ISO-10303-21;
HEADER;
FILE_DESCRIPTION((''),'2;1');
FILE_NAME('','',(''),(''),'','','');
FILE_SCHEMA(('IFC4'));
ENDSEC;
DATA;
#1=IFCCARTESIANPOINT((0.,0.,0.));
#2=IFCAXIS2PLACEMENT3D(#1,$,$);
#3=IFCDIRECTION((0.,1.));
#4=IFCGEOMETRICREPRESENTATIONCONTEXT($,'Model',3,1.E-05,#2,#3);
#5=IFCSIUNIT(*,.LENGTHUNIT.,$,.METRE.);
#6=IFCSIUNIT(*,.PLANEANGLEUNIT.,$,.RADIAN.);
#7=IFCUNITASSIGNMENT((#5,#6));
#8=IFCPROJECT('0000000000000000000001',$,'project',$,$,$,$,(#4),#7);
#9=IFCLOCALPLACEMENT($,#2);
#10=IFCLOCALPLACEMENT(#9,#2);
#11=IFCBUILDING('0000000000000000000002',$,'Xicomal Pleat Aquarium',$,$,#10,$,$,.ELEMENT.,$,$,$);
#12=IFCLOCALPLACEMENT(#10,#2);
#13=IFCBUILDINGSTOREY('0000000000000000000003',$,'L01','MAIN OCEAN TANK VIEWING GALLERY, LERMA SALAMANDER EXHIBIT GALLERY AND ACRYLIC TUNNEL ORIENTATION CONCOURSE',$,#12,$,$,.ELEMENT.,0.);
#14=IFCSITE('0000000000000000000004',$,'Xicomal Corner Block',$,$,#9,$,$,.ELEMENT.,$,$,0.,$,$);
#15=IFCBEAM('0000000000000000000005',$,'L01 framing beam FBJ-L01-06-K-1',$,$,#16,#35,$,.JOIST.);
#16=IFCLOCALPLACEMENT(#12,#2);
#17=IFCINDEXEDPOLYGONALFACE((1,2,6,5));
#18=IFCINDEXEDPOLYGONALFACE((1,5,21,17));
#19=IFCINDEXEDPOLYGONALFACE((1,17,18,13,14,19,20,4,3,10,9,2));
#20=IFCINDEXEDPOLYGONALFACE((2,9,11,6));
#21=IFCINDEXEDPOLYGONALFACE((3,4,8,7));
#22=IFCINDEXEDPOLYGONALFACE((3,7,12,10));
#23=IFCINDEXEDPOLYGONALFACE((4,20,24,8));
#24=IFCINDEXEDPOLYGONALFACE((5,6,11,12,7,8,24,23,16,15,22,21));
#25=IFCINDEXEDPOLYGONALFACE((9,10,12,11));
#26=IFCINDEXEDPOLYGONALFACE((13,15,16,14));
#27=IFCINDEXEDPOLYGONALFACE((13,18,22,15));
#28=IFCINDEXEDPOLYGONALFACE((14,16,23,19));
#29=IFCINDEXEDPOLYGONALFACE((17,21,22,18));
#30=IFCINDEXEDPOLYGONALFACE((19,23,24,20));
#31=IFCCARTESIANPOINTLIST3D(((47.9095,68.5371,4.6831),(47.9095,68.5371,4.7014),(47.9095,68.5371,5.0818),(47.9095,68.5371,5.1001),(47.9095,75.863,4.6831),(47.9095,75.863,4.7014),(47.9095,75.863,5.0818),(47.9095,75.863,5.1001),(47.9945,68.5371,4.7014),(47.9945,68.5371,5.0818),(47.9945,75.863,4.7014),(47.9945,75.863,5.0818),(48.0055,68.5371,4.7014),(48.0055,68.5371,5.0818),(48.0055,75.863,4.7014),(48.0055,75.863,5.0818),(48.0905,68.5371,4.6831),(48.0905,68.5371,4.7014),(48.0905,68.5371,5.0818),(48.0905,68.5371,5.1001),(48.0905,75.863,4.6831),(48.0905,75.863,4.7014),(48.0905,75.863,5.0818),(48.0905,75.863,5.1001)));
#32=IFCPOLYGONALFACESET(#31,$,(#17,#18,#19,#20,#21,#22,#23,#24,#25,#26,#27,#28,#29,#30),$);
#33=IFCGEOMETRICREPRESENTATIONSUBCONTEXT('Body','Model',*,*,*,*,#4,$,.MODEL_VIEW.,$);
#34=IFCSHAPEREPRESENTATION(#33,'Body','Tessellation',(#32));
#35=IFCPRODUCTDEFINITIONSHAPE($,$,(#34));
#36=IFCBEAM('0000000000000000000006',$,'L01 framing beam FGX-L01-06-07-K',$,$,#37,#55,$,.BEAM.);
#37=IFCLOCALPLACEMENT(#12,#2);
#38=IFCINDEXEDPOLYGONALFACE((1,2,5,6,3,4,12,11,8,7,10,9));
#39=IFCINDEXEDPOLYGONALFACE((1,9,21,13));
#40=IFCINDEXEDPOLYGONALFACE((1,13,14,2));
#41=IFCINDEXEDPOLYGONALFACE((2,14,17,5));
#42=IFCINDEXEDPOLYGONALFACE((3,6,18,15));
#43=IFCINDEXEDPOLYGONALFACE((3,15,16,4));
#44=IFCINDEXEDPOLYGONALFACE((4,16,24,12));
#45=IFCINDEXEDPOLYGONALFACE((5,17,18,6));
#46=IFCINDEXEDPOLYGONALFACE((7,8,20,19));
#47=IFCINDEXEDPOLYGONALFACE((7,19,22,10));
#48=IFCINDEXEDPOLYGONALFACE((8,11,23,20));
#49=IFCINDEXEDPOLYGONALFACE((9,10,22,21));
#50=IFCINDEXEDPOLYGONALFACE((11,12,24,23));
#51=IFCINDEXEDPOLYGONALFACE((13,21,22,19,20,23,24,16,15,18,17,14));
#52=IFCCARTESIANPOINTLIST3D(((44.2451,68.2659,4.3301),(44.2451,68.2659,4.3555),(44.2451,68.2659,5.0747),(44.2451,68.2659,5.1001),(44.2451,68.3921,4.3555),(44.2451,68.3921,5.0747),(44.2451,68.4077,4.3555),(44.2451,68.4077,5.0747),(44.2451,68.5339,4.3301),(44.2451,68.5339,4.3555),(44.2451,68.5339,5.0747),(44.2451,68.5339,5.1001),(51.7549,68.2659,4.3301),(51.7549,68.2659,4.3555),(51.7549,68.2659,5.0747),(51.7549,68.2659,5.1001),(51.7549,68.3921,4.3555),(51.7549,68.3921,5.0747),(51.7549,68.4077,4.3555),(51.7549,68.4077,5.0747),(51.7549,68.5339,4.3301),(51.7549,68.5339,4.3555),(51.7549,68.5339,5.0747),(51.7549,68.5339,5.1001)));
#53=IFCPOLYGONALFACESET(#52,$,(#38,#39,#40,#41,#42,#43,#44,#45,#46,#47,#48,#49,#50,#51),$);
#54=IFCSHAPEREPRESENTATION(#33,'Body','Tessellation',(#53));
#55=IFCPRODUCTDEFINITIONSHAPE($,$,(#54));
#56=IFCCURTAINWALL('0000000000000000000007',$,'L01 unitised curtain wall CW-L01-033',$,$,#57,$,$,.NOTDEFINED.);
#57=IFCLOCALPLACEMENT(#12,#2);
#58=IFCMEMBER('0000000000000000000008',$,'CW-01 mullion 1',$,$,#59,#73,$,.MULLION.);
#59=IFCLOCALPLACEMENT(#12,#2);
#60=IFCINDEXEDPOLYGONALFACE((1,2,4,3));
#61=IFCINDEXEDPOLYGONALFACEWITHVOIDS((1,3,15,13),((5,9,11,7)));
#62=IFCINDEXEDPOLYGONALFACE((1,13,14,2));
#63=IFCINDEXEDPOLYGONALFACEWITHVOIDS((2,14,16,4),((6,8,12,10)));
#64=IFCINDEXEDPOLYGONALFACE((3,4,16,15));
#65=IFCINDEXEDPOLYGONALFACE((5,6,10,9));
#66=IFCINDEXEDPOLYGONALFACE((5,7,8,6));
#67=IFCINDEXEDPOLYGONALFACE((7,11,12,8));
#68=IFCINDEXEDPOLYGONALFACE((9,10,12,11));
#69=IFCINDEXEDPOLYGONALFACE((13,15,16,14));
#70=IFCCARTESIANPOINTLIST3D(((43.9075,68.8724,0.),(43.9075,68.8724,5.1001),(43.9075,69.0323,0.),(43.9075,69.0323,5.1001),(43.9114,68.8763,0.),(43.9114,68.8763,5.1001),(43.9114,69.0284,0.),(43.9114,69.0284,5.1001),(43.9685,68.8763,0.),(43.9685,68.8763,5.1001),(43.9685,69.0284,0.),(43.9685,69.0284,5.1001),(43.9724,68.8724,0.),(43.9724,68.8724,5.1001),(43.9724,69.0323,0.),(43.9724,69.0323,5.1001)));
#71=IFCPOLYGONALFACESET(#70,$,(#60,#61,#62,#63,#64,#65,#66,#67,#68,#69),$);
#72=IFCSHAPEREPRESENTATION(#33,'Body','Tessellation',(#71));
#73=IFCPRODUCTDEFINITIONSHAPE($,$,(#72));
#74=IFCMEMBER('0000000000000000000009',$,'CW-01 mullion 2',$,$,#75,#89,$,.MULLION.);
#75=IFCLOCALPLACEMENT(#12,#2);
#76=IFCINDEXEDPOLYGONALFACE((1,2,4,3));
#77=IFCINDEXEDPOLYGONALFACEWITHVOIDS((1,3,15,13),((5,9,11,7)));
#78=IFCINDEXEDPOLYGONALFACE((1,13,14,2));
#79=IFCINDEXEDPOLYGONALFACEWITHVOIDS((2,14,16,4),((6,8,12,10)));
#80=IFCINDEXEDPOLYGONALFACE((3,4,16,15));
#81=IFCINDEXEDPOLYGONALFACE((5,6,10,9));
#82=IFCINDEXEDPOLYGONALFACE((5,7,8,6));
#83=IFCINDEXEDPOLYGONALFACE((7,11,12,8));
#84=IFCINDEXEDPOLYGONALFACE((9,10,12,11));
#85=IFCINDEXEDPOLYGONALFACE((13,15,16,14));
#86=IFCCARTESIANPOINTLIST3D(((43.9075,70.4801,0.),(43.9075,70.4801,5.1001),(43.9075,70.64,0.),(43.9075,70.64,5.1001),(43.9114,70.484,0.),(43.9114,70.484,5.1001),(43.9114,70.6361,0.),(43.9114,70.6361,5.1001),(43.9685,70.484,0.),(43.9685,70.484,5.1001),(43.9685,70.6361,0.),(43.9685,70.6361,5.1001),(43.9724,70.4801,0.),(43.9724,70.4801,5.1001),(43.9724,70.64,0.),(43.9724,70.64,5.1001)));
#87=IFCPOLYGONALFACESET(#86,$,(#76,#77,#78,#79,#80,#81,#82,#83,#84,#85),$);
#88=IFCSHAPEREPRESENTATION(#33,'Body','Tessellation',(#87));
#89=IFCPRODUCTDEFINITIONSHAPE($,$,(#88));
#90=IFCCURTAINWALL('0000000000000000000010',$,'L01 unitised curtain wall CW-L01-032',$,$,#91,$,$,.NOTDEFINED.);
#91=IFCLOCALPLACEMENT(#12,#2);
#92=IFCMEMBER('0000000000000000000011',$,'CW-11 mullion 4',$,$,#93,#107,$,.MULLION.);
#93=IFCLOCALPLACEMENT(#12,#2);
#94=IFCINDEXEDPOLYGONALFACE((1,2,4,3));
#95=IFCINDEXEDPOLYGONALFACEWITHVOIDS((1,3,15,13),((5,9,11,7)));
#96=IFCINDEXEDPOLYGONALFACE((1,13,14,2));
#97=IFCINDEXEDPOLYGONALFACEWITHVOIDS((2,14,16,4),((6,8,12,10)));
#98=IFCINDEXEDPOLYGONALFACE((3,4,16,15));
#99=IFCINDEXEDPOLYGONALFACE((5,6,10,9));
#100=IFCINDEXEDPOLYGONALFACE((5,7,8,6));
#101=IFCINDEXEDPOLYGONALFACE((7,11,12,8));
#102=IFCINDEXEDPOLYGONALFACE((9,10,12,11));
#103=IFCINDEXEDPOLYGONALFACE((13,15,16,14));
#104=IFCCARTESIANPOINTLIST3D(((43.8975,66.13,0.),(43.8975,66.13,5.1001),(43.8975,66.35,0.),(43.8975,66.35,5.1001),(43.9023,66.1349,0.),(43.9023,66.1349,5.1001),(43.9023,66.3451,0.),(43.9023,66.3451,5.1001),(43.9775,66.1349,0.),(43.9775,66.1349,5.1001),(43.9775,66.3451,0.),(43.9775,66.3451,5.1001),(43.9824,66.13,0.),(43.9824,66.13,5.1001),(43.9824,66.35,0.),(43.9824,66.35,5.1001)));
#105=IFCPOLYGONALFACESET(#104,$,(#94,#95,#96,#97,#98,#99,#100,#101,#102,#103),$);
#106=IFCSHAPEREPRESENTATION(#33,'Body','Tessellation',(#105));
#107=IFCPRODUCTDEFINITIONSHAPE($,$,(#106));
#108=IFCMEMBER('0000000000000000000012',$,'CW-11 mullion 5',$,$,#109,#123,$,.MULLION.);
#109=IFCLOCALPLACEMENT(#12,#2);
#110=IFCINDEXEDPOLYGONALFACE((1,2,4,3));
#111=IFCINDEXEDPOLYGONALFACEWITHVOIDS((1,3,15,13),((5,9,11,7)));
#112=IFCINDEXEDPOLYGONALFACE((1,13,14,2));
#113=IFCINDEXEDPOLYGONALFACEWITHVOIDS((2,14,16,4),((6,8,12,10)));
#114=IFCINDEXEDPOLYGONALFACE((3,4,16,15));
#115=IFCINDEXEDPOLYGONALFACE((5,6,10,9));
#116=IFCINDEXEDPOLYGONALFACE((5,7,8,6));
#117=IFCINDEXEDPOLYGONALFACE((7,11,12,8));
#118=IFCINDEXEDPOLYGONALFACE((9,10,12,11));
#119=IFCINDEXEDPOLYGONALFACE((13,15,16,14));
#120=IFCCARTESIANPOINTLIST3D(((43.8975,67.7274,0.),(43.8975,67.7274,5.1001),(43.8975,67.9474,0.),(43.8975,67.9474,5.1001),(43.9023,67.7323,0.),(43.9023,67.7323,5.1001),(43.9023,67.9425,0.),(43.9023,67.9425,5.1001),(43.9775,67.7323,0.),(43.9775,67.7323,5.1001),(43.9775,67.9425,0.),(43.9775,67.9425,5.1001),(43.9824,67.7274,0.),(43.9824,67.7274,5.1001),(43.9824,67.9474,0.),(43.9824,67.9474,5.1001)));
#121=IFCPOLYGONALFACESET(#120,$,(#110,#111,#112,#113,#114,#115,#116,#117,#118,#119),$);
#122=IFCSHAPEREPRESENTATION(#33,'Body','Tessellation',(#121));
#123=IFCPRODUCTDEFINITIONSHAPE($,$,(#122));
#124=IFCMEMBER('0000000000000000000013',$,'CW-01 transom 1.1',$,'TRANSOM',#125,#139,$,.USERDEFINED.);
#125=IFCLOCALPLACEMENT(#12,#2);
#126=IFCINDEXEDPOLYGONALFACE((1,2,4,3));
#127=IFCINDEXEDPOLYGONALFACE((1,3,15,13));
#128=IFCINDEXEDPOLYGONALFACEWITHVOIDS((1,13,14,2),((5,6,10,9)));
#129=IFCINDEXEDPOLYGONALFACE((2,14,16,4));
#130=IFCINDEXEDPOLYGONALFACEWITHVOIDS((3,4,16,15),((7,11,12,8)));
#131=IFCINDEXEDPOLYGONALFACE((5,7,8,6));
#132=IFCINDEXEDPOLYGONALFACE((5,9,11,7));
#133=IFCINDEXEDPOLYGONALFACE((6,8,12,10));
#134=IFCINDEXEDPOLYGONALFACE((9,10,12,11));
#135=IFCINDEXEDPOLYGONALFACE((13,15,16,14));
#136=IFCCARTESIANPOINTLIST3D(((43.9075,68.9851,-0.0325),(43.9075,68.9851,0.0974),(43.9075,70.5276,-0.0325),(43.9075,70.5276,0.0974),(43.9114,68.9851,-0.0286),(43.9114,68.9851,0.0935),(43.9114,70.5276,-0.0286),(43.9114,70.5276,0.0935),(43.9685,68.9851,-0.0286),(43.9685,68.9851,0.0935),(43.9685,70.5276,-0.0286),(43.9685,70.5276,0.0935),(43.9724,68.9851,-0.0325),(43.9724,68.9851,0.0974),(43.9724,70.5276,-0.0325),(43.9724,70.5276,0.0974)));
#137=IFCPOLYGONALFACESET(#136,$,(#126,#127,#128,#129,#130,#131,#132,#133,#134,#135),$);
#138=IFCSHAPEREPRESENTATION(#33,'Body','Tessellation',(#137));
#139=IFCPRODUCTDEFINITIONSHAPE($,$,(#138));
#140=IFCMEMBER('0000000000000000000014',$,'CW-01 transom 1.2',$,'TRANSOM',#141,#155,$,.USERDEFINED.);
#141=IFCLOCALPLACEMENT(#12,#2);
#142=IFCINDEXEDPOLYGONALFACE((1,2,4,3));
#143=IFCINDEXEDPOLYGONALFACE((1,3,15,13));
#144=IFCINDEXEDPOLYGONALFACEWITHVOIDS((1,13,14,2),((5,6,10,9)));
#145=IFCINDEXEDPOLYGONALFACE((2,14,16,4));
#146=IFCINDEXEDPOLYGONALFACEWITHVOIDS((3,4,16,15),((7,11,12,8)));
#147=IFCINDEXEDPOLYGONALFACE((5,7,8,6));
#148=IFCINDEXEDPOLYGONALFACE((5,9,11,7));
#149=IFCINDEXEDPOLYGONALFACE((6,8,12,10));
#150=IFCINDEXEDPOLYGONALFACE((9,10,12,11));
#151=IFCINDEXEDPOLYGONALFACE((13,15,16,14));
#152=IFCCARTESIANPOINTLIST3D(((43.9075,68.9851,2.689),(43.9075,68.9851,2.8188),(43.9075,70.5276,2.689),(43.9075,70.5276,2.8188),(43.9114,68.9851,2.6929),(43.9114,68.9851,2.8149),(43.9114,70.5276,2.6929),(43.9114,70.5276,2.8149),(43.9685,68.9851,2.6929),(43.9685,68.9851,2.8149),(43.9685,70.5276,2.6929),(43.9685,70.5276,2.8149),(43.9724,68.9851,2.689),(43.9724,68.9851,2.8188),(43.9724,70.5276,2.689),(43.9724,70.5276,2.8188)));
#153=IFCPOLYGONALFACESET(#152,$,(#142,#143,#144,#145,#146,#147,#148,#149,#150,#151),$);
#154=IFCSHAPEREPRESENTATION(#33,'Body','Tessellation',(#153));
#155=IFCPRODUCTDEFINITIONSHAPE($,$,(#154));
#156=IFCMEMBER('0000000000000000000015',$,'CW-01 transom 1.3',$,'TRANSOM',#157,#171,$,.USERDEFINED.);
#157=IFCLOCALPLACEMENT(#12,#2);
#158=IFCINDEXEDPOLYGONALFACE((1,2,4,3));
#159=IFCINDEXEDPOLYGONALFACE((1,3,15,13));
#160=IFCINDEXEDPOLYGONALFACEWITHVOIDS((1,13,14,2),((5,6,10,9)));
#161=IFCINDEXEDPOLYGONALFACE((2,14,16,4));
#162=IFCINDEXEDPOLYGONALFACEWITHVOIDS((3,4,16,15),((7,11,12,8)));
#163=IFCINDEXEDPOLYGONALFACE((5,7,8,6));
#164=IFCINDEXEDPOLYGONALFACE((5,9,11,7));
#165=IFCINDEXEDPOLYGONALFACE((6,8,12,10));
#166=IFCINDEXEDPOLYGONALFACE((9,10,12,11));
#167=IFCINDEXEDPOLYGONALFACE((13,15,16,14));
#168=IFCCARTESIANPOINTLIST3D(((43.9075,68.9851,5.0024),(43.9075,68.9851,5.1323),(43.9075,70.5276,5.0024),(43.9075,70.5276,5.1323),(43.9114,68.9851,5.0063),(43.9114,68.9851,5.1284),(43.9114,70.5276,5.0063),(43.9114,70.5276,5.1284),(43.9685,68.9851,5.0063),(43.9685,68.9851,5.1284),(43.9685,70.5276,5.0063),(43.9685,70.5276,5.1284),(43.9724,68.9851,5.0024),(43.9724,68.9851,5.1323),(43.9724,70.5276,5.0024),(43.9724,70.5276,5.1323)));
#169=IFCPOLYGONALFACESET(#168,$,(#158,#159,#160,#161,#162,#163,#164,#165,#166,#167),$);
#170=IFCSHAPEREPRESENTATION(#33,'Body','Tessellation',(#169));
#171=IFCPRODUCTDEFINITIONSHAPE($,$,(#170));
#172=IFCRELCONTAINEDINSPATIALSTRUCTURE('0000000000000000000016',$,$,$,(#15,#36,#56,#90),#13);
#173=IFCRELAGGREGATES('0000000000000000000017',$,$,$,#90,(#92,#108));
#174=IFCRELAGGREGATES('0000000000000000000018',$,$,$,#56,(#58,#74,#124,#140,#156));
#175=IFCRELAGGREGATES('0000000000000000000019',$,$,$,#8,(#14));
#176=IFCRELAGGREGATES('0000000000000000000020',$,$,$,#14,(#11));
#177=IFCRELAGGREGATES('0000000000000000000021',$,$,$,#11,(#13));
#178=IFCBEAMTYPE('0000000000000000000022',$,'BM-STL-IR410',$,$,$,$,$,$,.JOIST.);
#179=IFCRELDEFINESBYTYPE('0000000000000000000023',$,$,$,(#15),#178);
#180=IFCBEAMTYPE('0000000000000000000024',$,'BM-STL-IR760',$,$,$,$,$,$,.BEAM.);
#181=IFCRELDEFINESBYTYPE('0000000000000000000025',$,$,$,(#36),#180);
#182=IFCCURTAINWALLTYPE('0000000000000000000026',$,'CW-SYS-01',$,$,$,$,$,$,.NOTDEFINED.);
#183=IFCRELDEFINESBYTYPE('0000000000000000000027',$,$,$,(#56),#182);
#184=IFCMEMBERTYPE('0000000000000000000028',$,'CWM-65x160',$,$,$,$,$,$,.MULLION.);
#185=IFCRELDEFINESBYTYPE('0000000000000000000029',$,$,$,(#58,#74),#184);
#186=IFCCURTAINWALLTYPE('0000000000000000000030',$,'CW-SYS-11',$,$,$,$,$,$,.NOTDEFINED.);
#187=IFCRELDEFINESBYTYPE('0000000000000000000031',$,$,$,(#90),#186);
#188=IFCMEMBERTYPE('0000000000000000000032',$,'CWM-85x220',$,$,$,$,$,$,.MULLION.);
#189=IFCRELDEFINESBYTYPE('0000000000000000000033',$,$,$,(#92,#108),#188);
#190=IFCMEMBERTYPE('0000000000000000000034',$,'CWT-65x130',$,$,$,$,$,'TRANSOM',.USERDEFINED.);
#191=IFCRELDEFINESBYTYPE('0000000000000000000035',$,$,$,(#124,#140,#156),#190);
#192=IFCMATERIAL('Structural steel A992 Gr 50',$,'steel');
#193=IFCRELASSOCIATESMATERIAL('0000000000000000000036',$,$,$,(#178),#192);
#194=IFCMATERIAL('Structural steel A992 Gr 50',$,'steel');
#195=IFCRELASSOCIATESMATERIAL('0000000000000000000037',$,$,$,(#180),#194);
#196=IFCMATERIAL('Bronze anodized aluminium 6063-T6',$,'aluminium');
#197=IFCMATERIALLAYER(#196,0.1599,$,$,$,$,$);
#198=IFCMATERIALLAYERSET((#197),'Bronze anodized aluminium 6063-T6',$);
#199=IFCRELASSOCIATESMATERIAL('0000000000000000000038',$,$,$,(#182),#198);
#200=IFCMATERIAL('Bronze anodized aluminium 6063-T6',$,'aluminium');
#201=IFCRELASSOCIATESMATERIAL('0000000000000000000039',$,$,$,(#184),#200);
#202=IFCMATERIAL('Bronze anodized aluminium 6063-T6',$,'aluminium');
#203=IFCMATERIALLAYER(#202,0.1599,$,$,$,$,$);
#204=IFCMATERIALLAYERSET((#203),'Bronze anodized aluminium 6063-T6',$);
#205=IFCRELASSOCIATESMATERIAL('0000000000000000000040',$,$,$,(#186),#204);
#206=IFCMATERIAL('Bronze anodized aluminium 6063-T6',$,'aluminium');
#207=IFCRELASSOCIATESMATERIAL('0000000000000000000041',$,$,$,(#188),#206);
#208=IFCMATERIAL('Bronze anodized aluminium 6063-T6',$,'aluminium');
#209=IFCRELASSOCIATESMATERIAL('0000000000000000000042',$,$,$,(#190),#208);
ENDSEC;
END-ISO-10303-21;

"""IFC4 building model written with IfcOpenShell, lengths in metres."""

from ifc_helpers import new_model, si_unit, direction, frame, origin, origin_2d, place, context, subcontext, project, spatial, hollow_rectangle, i_section, extrude, material, layer, layer_set, material_profile, profile_set, type_object, element, aggregate, save


model = new_model("IFC4")

# Units and contexts
model_context = context("Model", 3, precision=1e-05, world=origin(), true_north=direction((0.0, 1.0)))
body_context = subcontext(model_context, "Body", "Model", "MODEL_VIEW")
ifc_project = project(units=[si_unit("LENGTHUNIT", "METRE"), si_unit("PLANEANGLEUNIT", "RADIAN")], contexts=[model_context])

# Site, building, storey
site_placement = place(None, origin())
site = spatial("IfcSite", under=ifc_project, at=site_placement, Name="Xicomal Corner Block", CompositionType="ELEMENT", RefElevation=0.0)
building_placement = place(site_placement, origin())
building = spatial("IfcBuilding", under=site, at=building_placement, Name="Xicomal Pleat Aquarium", CompositionType="ELEMENT")
storey_placement = place(building_placement, origin())
storey = spatial("IfcBuildingStorey", under=building, at=storey_placement, Name="L01", Description="MAIN OCEAN TANK VIEWING GALLERY, LERMA SALAMANDER EXHIBIT GALLERY AND ACRYLIC TUNNEL ORIENTATION CONCOURSE", CompositionType="ELEMENT", Elevation=0.0)

# Beams
ifc_material_1 = material(Name="Structural steel A992 Gr 50", Category="steel")
ifc_material_profile_1 = material_profile(ifc_material_1, i_section(OverallWidth=0.1809, OverallDepth=0.417, WebThickness=0.011, FlangeThickness=0.0183, at=origin_2d()), Name="IR 410x85")
ifc_profile_set_1 = profile_set([ifc_material_profile_1], Name="Structural steel A992 Gr 50")
beam_type_1 = type_object("IfcBeamType", Name="BM-STL-IR410", PredefinedType="JOIST", material=ifc_profile_set_1)
beam_1_placement = place(storey_placement, frame((48.0, 68.5371, 4.8916), z_axis=(0.0, 1.0, 0.0), x_axis=(-1.0, 0.0, 0.0)))
element("IfcBeam", 1, at=beam_1_placement, inside=storey, type_object=beam_type_1, Name="L01 framing beam FBJ-L01-06-K-1", PredefinedType="JOIST", context=body_context, shape_type="SweptSolid", body=[
    extrude(i_section(OverallWidth=0.1809, OverallDepth=0.417, WebThickness=0.011, FlangeThickness=0.0183, at=origin_2d()), origin(), (0.0, 0.0, 1.0), 7.3259),
])
ifc_material_2 = material(Name="Structural steel A992 Gr 50", Category="steel")
ifc_material_profile_2 = material_profile(ifc_material_2, i_section(OverallWidth=0.2681, OverallDepth=0.77, WebThickness=0.0156, FlangeThickness=0.0254, at=origin_2d()), Name="IR 760x196")
ifc_profile_set_2 = profile_set([ifc_material_profile_2], Name="Structural steel A992 Gr 50")
beam_type_2 = type_object("IfcBeamType", Name="BM-STL-IR760", PredefinedType="BEAM", material=ifc_profile_set_2)
beam_2_placement = place(storey_placement, frame((44.2451, 68.3999, 4.7151), z_axis=(1.0, 0.0, 0.0), x_axis=(0.0, 1.0, 0.0)))
element("IfcBeam", 2, at=beam_2_placement, inside=storey, type_object=beam_type_2, Name="L01 framing beam FGX-L01-06-07-K", PredefinedType="BEAM", context=body_context, shape_type="SweptSolid", body=[
    extrude(i_section(OverallWidth=0.2681, OverallDepth=0.77, WebThickness=0.0156, FlangeThickness=0.0254, at=origin_2d()), origin(), (0.0, 0.0, 1.0), 7.5098),
])

# Curtain walls, members
ifc_material_3 = material(Name="Bronze anodized aluminium 6063-T6", Category="aluminium")
ifc_layer_1 = layer(ifc_material_3, 0.1599)
ifc_layer_set_1 = layer_set([ifc_layer_1], Name="Bronze anodized aluminium 6063-T6")
curtain_wall_type_1 = type_object("IfcCurtainWallType", Name="CW-SYS-01", PredefinedType="NOTDEFINED", material=ifc_layer_set_1)
curtain_wall_1_placement = place(storey_placement, origin())
curtain_wall_1 = element("IfcCurtainWall", 3, at=curtain_wall_1_placement, inside=storey, type_object=curtain_wall_type_1, Name="L01 unitised curtain wall CW-L01-033", PredefinedType="NOTDEFINED")
ifc_material_4 = material(Name="Bronze anodized aluminium 6063-T6", Category="aluminium")
ifc_material_profile_3 = material_profile(ifc_material_4, hollow_rectangle(XDim=0.0649, YDim=0.1599, WallThickness=0.0039, at=origin_2d()), Name="ALU MULL 65x160")
ifc_profile_set_3 = profile_set([ifc_material_profile_3], Name="Bronze anodized aluminium 6063-T6")
member_type_1 = type_object("IfcMemberType", Name="CWM-65x160", PredefinedType="MULLION", material=ifc_profile_set_3)
member_1_placement = place(storey_placement, frame((43.9399, 68.9524, 0.0), z_axis=(0.0, 0.0, 1.0), x_axis=(-1.0, 0.0, 0.0)))
member_1 = element("IfcMember", 4, at=member_1_placement, type_object=member_type_1, Name="CW-01 mullion 1", PredefinedType="MULLION", context=body_context, shape_type="SweptSolid", body=[
    extrude(hollow_rectangle(XDim=0.0649, YDim=0.1599, WallThickness=0.0039, at=origin_2d()), origin(), (0.0, 0.0, 1.0), 5.1001),
])
member_2_placement = place(storey_placement, frame((43.9399, 70.5601, 0.0), z_axis=(0.0, 0.0, 1.0), x_axis=(-1.0, 0.0, 0.0)))
member_2 = element("IfcMember", 5, at=member_2_placement, type_object=member_type_1, Name="CW-01 mullion 2", PredefinedType="MULLION", context=body_context, shape_type="SweptSolid", body=[
    extrude(hollow_rectangle(XDim=0.0649, YDim=0.1599, WallThickness=0.0039, at=origin_2d()), origin(), (0.0, 0.0, 1.0), 5.1001),
])
ifc_material_5 = material(Name="Bronze anodized aluminium 6063-T6", Category="aluminium")
ifc_layer_2 = layer(ifc_material_5, 0.1599)
ifc_layer_set_2 = layer_set([ifc_layer_2], Name="Bronze anodized aluminium 6063-T6")
curtain_wall_type_2 = type_object("IfcCurtainWallType", Name="CW-SYS-11", PredefinedType="NOTDEFINED", material=ifc_layer_set_2)
curtain_wall_2_placement = place(storey_placement, origin())
curtain_wall_2 = element("IfcCurtainWall", 6, at=curtain_wall_2_placement, inside=storey, type_object=curtain_wall_type_2, Name="L01 unitised curtain wall CW-L01-032", PredefinedType="NOTDEFINED")
ifc_material_6 = material(Name="Bronze anodized aluminium 6063-T6", Category="aluminium")
ifc_material_profile_4 = material_profile(ifc_material_6, hollow_rectangle(XDim=0.085, YDim=0.22, WallThickness=0.0049, at=origin_2d()), Name="ALU MULL 85x220")
ifc_profile_set_4 = profile_set([ifc_material_profile_4], Name="Bronze anodized aluminium 6063-T6")
member_type_2 = type_object("IfcMemberType", Name="CWM-85x220", PredefinedType="MULLION", material=ifc_profile_set_4)
member_3_placement = place(storey_placement, frame((43.9399, 66.24, 0.0), z_axis=(0.0, 0.0, 1.0), x_axis=(-1.0, 0.0, 0.0)))
member_3 = element("IfcMember", 7, at=member_3_placement, type_object=member_type_2, Name="CW-11 mullion 4", PredefinedType="MULLION", context=body_context, shape_type="SweptSolid", body=[
    extrude(hollow_rectangle(XDim=0.085, YDim=0.22, WallThickness=0.0049, at=origin_2d()), origin(), (0.0, 0.0, 1.0), 5.1001),
])
member_4_placement = place(storey_placement, frame((43.9399, 67.8374, 0.0), z_axis=(0.0, 0.0, 1.0), x_axis=(-1.0, 0.0, 0.0)))
member_4 = element("IfcMember", 8, at=member_4_placement, type_object=member_type_2, Name="CW-11 mullion 5", PredefinedType="MULLION", context=body_context, shape_type="SweptSolid", body=[
    extrude(hollow_rectangle(XDim=0.085, YDim=0.22, WallThickness=0.0049, at=origin_2d()), origin(), (0.0, 0.0, 1.0), 5.1001),
])

# Members
ifc_material_7 = material(Name="Bronze anodized aluminium 6063-T6", Category="aluminium")
ifc_material_profile_5 = material_profile(ifc_material_7, hollow_rectangle(XDim=0.0649, YDim=0.1299, WallThickness=0.0039, at=origin_2d()), Name="ALU TRAN 65x130")
ifc_profile_set_5 = profile_set([ifc_material_profile_5], Name="Bronze anodized aluminium 6063-T6")
member_type_3 = type_object("IfcMemberType", Name="CWT-65x130", ElementType="TRANSOM", PredefinedType="USERDEFINED", material=ifc_profile_set_5)
member_5_placement = place(storey_placement, frame((43.9399, 68.9851, 0.0325), z_axis=(0.0, 1.0, 0.0), x_axis=(-1.0, 0.0, 0.0)))
member_5 = element("IfcMember", 9, at=member_5_placement, type_object=member_type_3, Name="CW-01 transom 1.1", ObjectType="TRANSOM", PredefinedType="USERDEFINED", context=body_context, shape_type="SweptSolid", body=[
    extrude(hollow_rectangle(XDim=0.0649, YDim=0.1299, WallThickness=0.0039, at=origin_2d()), origin(), (0.0, 0.0, 1.0), 1.5425),
])
member_6_placement = place(storey_placement, frame((43.9399, 68.9851, 2.7539), z_axis=(0.0, 1.0, 0.0), x_axis=(-1.0, 0.0, 0.0)))
member_6 = element("IfcMember", 10, at=member_6_placement, type_object=member_type_3, Name="CW-01 transom 1.2", ObjectType="TRANSOM", PredefinedType="USERDEFINED", context=body_context, shape_type="SweptSolid", body=[
    extrude(hollow_rectangle(XDim=0.0649, YDim=0.1299, WallThickness=0.0039, at=origin_2d()), origin(), (0.0, 0.0, 1.0), 1.5425),
])
member_7_placement = place(storey_placement, frame((43.9399, 68.9851, 5.0674), z_axis=(0.0, 1.0, 0.0), x_axis=(-1.0, 0.0, 0.0)))
member_7 = element("IfcMember", 11, at=member_7_placement, type_object=member_type_3, Name="CW-01 transom 1.3", ObjectType="TRANSOM", PredefinedType="USERDEFINED", context=body_context, shape_type="SweptSolid", body=[
    extrude(hollow_rectangle(XDim=0.0649, YDim=0.1299, WallThickness=0.0039, at=origin_2d()), origin(), (0.0, 0.0, 1.0), 1.5425),
])

aggregate(curtain_wall_2, [member_3, member_4])
aggregate(curtain_wall_1, [member_1, member_2, member_5, member_6, member_7])

save(model, "model.ifc")
